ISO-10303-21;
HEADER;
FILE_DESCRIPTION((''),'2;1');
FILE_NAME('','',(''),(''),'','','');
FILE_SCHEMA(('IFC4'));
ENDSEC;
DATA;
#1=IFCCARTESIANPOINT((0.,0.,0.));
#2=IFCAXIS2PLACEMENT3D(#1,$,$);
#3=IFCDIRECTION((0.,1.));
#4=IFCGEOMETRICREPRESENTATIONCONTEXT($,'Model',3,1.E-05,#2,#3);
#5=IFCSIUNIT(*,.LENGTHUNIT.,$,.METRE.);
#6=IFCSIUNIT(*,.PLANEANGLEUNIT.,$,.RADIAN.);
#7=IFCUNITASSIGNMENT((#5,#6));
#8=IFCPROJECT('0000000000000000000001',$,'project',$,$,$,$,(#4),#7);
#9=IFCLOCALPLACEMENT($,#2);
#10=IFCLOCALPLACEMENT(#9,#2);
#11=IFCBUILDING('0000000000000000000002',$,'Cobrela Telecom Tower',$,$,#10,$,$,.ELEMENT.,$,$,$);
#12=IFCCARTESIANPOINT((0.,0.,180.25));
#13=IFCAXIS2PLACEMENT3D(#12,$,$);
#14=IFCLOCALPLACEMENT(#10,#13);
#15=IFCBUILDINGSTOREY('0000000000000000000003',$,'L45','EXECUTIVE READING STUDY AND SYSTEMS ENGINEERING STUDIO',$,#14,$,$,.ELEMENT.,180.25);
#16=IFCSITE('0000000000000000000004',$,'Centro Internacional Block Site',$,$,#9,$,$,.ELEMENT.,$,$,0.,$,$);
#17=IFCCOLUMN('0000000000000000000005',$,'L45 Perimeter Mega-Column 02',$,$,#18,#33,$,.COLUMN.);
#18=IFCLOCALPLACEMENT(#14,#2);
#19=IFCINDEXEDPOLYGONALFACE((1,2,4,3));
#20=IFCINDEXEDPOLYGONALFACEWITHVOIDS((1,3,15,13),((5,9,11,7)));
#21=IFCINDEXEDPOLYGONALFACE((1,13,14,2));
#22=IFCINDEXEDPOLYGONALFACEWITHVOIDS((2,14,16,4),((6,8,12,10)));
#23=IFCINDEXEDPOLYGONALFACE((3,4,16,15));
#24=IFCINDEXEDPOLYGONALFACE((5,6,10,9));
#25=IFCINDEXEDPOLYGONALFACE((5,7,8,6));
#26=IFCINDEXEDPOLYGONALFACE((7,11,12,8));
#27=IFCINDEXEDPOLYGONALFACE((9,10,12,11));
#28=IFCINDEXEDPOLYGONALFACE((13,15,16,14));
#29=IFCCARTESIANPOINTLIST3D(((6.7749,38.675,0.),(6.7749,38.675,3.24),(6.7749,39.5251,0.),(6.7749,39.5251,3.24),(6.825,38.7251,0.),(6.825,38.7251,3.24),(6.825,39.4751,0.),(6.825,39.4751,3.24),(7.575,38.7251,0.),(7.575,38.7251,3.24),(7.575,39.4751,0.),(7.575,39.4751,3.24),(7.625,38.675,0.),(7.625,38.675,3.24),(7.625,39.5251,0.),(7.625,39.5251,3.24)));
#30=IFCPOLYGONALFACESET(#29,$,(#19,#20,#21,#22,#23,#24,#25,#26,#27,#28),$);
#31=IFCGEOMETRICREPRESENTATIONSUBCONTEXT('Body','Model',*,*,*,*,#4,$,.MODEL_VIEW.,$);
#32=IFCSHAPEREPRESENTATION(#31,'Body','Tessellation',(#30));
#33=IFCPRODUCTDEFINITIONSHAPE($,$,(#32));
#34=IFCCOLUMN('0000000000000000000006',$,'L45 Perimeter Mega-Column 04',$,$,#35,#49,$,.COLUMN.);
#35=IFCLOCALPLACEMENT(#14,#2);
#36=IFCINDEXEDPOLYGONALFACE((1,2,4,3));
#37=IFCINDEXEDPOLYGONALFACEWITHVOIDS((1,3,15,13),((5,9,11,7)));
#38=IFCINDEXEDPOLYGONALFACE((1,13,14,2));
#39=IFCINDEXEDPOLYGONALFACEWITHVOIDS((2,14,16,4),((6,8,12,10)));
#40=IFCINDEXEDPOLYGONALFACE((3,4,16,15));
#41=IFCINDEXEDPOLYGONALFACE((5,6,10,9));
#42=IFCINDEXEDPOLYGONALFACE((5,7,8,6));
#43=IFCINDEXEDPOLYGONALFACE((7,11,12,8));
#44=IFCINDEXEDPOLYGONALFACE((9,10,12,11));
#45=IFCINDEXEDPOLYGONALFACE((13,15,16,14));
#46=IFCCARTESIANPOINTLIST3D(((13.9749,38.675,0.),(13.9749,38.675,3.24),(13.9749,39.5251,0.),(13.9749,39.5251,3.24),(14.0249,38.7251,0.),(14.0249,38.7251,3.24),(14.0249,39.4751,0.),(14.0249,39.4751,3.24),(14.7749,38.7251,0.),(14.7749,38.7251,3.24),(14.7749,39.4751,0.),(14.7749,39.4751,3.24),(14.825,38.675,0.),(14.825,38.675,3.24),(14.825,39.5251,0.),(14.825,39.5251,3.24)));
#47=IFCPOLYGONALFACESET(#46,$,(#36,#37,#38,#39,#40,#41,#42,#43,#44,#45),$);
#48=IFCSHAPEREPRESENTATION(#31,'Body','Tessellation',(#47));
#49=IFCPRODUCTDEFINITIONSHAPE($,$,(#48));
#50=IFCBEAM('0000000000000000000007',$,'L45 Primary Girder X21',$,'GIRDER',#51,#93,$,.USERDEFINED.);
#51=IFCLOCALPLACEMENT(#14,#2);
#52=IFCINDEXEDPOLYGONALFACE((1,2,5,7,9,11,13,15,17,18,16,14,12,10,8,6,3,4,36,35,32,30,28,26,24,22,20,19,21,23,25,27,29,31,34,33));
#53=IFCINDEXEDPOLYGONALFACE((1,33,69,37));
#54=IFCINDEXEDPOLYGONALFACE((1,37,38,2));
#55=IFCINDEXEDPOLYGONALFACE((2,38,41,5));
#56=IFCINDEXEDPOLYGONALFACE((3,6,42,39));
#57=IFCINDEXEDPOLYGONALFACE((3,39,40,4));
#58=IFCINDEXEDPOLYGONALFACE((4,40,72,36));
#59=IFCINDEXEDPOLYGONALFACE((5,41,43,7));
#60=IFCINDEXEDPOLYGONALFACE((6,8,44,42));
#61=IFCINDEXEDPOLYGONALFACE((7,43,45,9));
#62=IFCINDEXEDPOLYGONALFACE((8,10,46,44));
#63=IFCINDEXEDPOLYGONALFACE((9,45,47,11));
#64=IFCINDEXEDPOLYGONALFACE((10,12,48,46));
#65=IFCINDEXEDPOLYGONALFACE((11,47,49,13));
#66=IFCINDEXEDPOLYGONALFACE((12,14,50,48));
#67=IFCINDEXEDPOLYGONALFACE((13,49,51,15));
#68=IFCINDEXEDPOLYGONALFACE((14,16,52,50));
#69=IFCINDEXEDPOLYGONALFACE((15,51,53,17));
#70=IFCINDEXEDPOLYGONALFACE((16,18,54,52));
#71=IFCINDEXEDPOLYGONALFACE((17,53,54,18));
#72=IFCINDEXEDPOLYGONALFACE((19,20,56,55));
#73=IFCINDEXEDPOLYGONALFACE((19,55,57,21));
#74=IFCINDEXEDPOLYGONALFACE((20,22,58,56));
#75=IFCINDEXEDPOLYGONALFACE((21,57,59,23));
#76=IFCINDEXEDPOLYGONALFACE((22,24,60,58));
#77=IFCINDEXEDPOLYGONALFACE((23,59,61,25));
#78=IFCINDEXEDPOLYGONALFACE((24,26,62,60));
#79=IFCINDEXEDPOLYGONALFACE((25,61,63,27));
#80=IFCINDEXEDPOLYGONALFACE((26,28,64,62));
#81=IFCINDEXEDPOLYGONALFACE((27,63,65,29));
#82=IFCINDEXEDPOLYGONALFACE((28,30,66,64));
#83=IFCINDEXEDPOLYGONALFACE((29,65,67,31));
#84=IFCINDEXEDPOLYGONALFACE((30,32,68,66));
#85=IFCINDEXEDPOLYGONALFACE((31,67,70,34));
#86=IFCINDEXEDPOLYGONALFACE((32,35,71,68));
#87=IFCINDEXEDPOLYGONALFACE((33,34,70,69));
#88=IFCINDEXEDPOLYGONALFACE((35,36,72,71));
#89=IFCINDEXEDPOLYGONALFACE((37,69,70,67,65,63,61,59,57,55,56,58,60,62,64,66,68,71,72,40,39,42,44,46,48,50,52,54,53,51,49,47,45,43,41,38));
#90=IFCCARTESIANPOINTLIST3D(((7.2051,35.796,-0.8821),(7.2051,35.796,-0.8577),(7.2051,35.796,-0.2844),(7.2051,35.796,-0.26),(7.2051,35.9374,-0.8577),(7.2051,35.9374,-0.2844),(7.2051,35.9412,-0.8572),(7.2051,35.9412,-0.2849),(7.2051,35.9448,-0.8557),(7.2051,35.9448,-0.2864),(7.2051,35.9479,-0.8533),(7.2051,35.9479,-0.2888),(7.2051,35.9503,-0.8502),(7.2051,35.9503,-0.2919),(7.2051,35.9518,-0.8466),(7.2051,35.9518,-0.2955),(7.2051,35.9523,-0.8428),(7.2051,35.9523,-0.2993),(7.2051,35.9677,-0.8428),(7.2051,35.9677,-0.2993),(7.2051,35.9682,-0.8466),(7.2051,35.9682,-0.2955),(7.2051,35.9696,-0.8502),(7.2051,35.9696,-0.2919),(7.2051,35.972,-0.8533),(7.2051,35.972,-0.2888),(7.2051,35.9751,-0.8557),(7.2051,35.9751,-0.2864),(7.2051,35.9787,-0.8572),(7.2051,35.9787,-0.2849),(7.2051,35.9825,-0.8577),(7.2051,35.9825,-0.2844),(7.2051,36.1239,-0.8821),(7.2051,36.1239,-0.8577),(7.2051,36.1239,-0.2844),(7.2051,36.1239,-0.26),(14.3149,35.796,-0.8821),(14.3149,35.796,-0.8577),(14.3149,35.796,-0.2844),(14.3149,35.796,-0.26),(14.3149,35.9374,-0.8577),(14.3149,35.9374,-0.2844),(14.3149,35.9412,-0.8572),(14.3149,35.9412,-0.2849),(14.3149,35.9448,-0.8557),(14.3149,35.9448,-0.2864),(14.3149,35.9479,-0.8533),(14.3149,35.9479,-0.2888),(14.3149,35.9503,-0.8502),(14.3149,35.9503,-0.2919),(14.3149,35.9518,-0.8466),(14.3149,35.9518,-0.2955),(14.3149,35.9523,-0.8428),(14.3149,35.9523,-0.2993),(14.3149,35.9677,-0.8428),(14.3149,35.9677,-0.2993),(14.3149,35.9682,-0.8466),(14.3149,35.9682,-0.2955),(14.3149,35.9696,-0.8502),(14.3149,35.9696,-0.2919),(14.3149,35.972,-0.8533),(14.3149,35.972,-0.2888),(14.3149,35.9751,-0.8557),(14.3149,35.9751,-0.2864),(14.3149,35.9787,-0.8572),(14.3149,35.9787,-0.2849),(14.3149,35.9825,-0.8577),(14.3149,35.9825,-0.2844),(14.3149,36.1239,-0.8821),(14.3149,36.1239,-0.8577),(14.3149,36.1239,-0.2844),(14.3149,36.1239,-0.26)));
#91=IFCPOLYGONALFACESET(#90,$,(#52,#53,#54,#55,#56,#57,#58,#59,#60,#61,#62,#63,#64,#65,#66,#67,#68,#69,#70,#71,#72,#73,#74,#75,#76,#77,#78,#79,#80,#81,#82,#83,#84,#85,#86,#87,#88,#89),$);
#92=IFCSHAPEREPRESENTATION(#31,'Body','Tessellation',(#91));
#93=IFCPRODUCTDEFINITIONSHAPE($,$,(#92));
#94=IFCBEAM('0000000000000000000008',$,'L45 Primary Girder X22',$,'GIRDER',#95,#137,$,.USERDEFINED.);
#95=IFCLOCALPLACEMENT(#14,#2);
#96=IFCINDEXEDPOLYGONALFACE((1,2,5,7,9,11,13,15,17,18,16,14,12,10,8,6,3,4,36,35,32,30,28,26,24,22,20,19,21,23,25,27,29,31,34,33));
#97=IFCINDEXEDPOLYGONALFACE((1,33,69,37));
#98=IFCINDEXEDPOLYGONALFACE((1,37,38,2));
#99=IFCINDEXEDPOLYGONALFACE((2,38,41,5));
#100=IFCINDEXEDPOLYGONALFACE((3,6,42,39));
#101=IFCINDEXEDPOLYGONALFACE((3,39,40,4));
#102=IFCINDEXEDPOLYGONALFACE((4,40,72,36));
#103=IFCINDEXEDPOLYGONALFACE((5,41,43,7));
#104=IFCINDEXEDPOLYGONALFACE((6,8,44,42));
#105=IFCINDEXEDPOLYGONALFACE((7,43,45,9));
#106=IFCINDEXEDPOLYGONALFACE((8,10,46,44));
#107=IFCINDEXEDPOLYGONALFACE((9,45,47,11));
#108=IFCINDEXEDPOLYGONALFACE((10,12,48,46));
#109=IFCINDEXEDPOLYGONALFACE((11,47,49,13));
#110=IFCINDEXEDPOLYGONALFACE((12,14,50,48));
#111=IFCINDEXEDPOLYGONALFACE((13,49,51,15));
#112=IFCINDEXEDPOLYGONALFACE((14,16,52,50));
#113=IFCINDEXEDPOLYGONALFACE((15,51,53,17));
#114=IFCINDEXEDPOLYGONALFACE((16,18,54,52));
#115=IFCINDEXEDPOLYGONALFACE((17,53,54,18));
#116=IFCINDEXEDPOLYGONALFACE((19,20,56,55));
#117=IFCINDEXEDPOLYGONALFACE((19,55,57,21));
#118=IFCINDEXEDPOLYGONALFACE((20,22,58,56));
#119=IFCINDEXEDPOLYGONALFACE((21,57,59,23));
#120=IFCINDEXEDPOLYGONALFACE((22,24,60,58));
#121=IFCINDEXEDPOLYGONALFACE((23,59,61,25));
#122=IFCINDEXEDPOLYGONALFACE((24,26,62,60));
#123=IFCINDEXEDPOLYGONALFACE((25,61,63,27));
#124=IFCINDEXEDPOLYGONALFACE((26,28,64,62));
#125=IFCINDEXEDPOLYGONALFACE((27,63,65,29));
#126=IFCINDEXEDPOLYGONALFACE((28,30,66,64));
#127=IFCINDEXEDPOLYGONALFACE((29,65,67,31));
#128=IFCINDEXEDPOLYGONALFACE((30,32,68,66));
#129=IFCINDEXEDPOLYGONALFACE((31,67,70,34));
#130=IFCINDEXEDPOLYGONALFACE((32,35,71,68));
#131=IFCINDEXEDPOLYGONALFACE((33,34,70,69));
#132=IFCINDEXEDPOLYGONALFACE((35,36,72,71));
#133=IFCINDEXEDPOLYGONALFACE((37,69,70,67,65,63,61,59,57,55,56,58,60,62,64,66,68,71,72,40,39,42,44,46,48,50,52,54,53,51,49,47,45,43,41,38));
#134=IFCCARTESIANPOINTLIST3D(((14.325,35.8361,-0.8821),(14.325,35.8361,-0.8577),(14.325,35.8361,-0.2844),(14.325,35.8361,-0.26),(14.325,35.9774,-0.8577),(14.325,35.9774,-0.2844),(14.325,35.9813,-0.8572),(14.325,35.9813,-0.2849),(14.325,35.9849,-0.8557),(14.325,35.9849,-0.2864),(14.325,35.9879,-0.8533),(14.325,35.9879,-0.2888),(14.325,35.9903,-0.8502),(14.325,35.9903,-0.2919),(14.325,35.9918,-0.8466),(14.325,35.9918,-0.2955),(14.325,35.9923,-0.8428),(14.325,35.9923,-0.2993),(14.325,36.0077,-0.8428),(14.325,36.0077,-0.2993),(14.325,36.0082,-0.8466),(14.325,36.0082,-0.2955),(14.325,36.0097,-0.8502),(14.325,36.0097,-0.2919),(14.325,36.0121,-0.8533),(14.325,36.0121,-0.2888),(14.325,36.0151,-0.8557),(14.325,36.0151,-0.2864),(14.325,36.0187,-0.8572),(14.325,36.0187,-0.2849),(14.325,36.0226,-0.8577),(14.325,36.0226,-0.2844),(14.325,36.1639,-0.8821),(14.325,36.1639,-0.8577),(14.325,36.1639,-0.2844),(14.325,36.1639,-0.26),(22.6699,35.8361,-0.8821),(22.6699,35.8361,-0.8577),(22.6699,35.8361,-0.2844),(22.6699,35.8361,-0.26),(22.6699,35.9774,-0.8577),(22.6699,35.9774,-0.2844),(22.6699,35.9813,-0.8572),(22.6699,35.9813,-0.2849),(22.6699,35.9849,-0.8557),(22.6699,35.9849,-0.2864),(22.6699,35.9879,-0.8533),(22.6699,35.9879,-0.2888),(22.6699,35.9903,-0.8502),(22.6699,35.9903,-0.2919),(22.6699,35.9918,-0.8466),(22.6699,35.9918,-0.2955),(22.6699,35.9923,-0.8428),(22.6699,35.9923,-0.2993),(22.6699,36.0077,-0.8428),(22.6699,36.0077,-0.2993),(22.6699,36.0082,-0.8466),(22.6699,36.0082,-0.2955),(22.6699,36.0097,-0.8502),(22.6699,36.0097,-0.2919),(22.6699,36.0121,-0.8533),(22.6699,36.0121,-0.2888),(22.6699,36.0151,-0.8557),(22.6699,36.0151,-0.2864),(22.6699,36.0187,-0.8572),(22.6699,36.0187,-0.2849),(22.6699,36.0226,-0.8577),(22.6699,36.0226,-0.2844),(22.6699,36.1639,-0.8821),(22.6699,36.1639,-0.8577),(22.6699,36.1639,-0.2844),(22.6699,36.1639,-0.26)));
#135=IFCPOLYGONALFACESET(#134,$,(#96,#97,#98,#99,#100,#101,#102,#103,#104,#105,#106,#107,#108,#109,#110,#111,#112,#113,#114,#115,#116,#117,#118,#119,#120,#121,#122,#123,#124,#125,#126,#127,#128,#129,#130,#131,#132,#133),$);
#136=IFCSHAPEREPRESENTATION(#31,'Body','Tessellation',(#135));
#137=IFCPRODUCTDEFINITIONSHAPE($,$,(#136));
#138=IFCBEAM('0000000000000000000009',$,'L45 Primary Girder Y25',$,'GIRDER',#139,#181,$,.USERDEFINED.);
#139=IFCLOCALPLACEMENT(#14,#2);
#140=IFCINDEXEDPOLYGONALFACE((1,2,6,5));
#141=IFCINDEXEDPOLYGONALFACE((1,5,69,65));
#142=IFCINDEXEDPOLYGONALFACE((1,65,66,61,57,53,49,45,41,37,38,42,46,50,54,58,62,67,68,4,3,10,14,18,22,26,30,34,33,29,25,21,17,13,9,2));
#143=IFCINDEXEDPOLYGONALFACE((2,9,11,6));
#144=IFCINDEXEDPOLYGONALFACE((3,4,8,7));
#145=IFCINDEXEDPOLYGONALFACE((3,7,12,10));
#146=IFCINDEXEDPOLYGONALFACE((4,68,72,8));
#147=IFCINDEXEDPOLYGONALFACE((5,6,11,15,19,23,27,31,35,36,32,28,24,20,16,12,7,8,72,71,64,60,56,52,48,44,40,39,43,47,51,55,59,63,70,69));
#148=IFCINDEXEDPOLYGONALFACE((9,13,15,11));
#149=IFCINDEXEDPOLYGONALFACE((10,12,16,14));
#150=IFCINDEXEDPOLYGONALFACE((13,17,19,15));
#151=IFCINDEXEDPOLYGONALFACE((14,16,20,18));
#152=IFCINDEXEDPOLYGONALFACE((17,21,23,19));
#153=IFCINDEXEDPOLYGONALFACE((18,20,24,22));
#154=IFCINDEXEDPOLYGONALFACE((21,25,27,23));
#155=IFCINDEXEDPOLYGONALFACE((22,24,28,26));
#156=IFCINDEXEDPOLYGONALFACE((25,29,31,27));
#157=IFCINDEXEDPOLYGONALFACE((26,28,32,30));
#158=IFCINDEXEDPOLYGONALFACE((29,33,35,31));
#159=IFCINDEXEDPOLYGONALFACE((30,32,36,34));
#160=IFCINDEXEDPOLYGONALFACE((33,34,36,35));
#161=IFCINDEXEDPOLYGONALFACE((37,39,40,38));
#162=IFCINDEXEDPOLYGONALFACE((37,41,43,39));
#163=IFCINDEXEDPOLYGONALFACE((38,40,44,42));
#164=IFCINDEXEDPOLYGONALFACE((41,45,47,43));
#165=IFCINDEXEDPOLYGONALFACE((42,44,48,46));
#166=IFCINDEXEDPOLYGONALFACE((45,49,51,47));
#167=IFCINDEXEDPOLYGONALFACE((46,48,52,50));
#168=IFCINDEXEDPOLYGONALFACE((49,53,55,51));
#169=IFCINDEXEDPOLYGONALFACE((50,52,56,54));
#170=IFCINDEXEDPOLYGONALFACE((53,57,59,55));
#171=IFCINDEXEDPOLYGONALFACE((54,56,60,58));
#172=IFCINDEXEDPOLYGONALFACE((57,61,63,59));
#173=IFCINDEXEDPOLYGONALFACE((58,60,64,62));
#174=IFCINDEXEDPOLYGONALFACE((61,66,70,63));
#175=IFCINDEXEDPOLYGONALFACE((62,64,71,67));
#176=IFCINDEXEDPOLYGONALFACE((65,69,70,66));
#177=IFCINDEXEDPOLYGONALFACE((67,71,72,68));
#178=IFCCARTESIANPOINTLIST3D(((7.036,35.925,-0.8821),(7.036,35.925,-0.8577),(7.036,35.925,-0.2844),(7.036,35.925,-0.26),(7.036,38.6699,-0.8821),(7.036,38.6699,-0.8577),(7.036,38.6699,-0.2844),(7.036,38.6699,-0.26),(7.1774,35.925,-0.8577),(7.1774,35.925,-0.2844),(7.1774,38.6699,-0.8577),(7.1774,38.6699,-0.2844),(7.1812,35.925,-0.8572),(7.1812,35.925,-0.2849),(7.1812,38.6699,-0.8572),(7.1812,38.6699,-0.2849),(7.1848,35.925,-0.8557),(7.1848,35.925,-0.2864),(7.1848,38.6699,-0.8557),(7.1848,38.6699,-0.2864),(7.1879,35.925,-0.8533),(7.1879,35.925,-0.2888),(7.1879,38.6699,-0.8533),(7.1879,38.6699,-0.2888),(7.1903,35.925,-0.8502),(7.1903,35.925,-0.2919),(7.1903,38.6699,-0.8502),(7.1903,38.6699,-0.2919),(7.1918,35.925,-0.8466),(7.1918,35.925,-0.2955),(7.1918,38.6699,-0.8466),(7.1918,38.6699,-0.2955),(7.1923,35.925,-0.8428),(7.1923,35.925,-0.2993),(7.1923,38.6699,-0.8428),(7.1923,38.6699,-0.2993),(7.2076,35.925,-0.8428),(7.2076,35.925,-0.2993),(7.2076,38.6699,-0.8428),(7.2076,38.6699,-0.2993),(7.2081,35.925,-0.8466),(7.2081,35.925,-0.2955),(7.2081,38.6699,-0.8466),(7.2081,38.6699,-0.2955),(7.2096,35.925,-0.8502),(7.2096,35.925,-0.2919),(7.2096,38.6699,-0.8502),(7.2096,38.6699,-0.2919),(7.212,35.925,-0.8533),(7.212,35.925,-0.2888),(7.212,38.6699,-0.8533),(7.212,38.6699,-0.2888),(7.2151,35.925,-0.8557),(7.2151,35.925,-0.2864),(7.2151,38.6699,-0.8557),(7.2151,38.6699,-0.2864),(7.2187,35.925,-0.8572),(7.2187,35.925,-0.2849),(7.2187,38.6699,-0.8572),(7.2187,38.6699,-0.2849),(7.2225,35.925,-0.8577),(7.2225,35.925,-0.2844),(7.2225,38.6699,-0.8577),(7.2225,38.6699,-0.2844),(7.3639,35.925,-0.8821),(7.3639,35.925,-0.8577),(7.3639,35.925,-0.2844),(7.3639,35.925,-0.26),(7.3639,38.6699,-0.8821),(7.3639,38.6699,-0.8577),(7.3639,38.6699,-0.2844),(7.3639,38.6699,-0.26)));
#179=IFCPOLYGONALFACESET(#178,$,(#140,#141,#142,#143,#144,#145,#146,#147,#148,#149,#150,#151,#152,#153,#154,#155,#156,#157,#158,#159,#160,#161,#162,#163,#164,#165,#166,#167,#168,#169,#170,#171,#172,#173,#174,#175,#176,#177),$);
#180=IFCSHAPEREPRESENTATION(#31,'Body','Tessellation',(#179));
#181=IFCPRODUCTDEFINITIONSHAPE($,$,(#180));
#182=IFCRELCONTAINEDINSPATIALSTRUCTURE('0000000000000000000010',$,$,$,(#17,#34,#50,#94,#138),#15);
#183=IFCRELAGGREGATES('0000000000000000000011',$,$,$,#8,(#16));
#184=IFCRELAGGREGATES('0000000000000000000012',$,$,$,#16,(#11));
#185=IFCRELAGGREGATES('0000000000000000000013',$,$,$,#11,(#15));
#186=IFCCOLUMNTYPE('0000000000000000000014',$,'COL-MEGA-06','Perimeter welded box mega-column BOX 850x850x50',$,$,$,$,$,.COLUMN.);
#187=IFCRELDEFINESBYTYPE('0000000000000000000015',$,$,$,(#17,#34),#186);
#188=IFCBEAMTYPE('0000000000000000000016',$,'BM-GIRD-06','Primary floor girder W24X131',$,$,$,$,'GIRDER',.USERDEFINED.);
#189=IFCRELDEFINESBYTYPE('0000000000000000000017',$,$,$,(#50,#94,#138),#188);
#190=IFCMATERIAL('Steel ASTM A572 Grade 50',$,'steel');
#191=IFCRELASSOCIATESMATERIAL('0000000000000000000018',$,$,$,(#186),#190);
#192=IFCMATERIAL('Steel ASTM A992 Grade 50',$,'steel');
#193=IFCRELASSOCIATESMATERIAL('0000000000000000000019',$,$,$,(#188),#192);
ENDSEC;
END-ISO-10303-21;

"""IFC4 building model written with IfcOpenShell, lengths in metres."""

from ifc_helpers import new_model, si_unit, direction, frame, origin, origin_2d, place, context, subcontext, project, spatial, hollow_rectangle, i_section, extrude, material, material_profile, profile_set, type_object, element, save


model = new_model("IFC4")

# Units and contexts
model_context = context("Model", 3, precision=1e-05, world=origin(), true_north=direction((0.0, 1.0)))
body_context = subcontext(model_context, "Body", "Model", "MODEL_VIEW")
ifc_project = project(units=[si_unit("LENGTHUNIT", "METRE"), si_unit("PLANEANGLEUNIT", "RADIAN")], contexts=[model_context])

# Site, building, storey
site_placement = place(None, origin())
site = spatial("IfcSite", under=ifc_project, at=site_placement, Name="Centro Internacional Block Site", CompositionType="ELEMENT", RefElevation=0.0)
building_placement = place(site_placement, origin())
building = spatial("IfcBuilding", under=site, at=building_placement, Name="Cobrela Telecom Tower", CompositionType="ELEMENT")
storey_placement = place(building_placement, frame((0.0, 0.0, 180.25)))
storey = spatial("IfcBuildingStorey", under=building, at=storey_placement, Name="L45", Description="EXECUTIVE READING STUDY AND SYSTEMS ENGINEERING STUDIO", CompositionType="ELEMENT", Elevation=180.25)

# Columns
ifc_material_1 = material(Name="Steel ASTM A572 Grade 50", Category="steel")
ifc_material_profile_1 = material_profile(ifc_material_1, hollow_rectangle(XDim=0.8501, YDim=0.8501, WallThickness=0.05, at=origin_2d()), Name="BOX 850x850x50")
ifc_profile_set_1 = profile_set([ifc_material_profile_1], Name="Steel ASTM A572 Grade 50")
column_type = type_object("IfcColumnType", Name="COL-MEGA-06", Description="Perimeter welded box mega-column BOX 850x850x50", PredefinedType="COLUMN", material=ifc_profile_set_1)
for number, where, z_axis, x_axis, name in (
    (1, (7.2, 39.1001, 0.0), (0.0, 0.0, 1.0), (1.0, 0.0, 0.0), "L45 Perimeter Mega-Column 02"),
    (2, (14.3999, 39.1001, 0.0), (0.0, 0.0, 1.0), (1.0, 0.0, 0.0), "L45 Perimeter Mega-Column 04"),
):
    element("IfcColumn", number, at=place(storey_placement, frame(where, z_axis=z_axis, x_axis=x_axis)), inside=storey, type_object=column_type, Name=name, PredefinedType="COLUMN", context=body_context, shape_type="SweptSolid", body=[
        extrude(hollow_rectangle(XDim=0.8501, YDim=0.8501, WallThickness=0.05, at=origin_2d()), origin(), (0.0, 0.0, 1.0), 3.24),
    ])

# Beams
ifc_material_2 = material(Name="Steel ASTM A992 Grade 50", Category="steel")
ifc_material_profile_2 = material_profile(ifc_material_2, i_section(OverallWidth=0.3279, OverallDepth=0.6221, WebThickness=0.0154, FlangeThickness=0.0244, FilletRadius=0.0149, at=origin_2d()), Name="W24X131")
ifc_profile_set_2 = profile_set([ifc_material_profile_2], Name="Steel ASTM A992 Grade 50")
beam_type_1 = type_object("IfcBeamType", Name="BM-GIRD-06", Description="Primary floor girder W24X131", ElementType="GIRDER", PredefinedType="USERDEFINED", material=ifc_profile_set_2)
beam_1_placement = place(storey_placement, frame((7.2051, 35.96, -0.571), z_axis=(1.0, 0.0, 0.0), x_axis=(0.0, 1.0, 0.0)))
element("IfcBeam", 3, at=beam_1_placement, inside=storey, type_object=beam_type_1, Name="L45 Primary Girder X21", ObjectType="GIRDER", PredefinedType="USERDEFINED", context=body_context, shape_type="SweptSolid", body=[
    extrude(i_section(OverallWidth=0.3279, OverallDepth=0.6221, WebThickness=0.0154, FlangeThickness=0.0244, FilletRadius=0.0149, at=origin_2d()), origin(), (0.0, 0.0, 1.0), 7.1099),
])
beam_2_placement = place(storey_placement, frame((14.325, 36.0, -0.571), z_axis=(1.0, 0.0, 0.0), x_axis=(0.0, 1.0, 0.0)))
element("IfcBeam", 4, at=beam_2_placement, inside=storey, type_object=beam_type_1, Name="L45 Primary Girder X22", ObjectType="GIRDER", PredefinedType="USERDEFINED", context=body_context, shape_type="SweptSolid", body=[
    extrude(i_section(OverallWidth=0.3279, OverallDepth=0.6221, WebThickness=0.0154, FlangeThickness=0.0244, FilletRadius=0.0149, at=origin_2d()), origin(), (0.0, 0.0, 1.0), 8.345),
])
for number, where, z_axis, x_axis, name in (
    (5, (7.2, 35.925, -0.571), (0.0, 1.0, 0.0), (-1.0, 0.0, 0.0), "L45 Primary Girder Y25"),
):
    element("IfcBeam", number, at=place(storey_placement, frame(where, z_axis=z_axis, x_axis=x_axis)), inside=storey, type_object=beam_type_1, Name=name, ObjectType="GIRDER", PredefinedType="USERDEFINED", context=body_context, shape_type="SweptSolid", body=[
        extrude(i_section(OverallWidth=0.3279, OverallDepth=0.6221, WebThickness=0.0154, FlangeThickness=0.0244, FilletRadius=0.0149, at=origin_2d()), origin(), (0.0, 0.0, 1.0), 2.7449),
    ])

save(model, "model.ifc")
